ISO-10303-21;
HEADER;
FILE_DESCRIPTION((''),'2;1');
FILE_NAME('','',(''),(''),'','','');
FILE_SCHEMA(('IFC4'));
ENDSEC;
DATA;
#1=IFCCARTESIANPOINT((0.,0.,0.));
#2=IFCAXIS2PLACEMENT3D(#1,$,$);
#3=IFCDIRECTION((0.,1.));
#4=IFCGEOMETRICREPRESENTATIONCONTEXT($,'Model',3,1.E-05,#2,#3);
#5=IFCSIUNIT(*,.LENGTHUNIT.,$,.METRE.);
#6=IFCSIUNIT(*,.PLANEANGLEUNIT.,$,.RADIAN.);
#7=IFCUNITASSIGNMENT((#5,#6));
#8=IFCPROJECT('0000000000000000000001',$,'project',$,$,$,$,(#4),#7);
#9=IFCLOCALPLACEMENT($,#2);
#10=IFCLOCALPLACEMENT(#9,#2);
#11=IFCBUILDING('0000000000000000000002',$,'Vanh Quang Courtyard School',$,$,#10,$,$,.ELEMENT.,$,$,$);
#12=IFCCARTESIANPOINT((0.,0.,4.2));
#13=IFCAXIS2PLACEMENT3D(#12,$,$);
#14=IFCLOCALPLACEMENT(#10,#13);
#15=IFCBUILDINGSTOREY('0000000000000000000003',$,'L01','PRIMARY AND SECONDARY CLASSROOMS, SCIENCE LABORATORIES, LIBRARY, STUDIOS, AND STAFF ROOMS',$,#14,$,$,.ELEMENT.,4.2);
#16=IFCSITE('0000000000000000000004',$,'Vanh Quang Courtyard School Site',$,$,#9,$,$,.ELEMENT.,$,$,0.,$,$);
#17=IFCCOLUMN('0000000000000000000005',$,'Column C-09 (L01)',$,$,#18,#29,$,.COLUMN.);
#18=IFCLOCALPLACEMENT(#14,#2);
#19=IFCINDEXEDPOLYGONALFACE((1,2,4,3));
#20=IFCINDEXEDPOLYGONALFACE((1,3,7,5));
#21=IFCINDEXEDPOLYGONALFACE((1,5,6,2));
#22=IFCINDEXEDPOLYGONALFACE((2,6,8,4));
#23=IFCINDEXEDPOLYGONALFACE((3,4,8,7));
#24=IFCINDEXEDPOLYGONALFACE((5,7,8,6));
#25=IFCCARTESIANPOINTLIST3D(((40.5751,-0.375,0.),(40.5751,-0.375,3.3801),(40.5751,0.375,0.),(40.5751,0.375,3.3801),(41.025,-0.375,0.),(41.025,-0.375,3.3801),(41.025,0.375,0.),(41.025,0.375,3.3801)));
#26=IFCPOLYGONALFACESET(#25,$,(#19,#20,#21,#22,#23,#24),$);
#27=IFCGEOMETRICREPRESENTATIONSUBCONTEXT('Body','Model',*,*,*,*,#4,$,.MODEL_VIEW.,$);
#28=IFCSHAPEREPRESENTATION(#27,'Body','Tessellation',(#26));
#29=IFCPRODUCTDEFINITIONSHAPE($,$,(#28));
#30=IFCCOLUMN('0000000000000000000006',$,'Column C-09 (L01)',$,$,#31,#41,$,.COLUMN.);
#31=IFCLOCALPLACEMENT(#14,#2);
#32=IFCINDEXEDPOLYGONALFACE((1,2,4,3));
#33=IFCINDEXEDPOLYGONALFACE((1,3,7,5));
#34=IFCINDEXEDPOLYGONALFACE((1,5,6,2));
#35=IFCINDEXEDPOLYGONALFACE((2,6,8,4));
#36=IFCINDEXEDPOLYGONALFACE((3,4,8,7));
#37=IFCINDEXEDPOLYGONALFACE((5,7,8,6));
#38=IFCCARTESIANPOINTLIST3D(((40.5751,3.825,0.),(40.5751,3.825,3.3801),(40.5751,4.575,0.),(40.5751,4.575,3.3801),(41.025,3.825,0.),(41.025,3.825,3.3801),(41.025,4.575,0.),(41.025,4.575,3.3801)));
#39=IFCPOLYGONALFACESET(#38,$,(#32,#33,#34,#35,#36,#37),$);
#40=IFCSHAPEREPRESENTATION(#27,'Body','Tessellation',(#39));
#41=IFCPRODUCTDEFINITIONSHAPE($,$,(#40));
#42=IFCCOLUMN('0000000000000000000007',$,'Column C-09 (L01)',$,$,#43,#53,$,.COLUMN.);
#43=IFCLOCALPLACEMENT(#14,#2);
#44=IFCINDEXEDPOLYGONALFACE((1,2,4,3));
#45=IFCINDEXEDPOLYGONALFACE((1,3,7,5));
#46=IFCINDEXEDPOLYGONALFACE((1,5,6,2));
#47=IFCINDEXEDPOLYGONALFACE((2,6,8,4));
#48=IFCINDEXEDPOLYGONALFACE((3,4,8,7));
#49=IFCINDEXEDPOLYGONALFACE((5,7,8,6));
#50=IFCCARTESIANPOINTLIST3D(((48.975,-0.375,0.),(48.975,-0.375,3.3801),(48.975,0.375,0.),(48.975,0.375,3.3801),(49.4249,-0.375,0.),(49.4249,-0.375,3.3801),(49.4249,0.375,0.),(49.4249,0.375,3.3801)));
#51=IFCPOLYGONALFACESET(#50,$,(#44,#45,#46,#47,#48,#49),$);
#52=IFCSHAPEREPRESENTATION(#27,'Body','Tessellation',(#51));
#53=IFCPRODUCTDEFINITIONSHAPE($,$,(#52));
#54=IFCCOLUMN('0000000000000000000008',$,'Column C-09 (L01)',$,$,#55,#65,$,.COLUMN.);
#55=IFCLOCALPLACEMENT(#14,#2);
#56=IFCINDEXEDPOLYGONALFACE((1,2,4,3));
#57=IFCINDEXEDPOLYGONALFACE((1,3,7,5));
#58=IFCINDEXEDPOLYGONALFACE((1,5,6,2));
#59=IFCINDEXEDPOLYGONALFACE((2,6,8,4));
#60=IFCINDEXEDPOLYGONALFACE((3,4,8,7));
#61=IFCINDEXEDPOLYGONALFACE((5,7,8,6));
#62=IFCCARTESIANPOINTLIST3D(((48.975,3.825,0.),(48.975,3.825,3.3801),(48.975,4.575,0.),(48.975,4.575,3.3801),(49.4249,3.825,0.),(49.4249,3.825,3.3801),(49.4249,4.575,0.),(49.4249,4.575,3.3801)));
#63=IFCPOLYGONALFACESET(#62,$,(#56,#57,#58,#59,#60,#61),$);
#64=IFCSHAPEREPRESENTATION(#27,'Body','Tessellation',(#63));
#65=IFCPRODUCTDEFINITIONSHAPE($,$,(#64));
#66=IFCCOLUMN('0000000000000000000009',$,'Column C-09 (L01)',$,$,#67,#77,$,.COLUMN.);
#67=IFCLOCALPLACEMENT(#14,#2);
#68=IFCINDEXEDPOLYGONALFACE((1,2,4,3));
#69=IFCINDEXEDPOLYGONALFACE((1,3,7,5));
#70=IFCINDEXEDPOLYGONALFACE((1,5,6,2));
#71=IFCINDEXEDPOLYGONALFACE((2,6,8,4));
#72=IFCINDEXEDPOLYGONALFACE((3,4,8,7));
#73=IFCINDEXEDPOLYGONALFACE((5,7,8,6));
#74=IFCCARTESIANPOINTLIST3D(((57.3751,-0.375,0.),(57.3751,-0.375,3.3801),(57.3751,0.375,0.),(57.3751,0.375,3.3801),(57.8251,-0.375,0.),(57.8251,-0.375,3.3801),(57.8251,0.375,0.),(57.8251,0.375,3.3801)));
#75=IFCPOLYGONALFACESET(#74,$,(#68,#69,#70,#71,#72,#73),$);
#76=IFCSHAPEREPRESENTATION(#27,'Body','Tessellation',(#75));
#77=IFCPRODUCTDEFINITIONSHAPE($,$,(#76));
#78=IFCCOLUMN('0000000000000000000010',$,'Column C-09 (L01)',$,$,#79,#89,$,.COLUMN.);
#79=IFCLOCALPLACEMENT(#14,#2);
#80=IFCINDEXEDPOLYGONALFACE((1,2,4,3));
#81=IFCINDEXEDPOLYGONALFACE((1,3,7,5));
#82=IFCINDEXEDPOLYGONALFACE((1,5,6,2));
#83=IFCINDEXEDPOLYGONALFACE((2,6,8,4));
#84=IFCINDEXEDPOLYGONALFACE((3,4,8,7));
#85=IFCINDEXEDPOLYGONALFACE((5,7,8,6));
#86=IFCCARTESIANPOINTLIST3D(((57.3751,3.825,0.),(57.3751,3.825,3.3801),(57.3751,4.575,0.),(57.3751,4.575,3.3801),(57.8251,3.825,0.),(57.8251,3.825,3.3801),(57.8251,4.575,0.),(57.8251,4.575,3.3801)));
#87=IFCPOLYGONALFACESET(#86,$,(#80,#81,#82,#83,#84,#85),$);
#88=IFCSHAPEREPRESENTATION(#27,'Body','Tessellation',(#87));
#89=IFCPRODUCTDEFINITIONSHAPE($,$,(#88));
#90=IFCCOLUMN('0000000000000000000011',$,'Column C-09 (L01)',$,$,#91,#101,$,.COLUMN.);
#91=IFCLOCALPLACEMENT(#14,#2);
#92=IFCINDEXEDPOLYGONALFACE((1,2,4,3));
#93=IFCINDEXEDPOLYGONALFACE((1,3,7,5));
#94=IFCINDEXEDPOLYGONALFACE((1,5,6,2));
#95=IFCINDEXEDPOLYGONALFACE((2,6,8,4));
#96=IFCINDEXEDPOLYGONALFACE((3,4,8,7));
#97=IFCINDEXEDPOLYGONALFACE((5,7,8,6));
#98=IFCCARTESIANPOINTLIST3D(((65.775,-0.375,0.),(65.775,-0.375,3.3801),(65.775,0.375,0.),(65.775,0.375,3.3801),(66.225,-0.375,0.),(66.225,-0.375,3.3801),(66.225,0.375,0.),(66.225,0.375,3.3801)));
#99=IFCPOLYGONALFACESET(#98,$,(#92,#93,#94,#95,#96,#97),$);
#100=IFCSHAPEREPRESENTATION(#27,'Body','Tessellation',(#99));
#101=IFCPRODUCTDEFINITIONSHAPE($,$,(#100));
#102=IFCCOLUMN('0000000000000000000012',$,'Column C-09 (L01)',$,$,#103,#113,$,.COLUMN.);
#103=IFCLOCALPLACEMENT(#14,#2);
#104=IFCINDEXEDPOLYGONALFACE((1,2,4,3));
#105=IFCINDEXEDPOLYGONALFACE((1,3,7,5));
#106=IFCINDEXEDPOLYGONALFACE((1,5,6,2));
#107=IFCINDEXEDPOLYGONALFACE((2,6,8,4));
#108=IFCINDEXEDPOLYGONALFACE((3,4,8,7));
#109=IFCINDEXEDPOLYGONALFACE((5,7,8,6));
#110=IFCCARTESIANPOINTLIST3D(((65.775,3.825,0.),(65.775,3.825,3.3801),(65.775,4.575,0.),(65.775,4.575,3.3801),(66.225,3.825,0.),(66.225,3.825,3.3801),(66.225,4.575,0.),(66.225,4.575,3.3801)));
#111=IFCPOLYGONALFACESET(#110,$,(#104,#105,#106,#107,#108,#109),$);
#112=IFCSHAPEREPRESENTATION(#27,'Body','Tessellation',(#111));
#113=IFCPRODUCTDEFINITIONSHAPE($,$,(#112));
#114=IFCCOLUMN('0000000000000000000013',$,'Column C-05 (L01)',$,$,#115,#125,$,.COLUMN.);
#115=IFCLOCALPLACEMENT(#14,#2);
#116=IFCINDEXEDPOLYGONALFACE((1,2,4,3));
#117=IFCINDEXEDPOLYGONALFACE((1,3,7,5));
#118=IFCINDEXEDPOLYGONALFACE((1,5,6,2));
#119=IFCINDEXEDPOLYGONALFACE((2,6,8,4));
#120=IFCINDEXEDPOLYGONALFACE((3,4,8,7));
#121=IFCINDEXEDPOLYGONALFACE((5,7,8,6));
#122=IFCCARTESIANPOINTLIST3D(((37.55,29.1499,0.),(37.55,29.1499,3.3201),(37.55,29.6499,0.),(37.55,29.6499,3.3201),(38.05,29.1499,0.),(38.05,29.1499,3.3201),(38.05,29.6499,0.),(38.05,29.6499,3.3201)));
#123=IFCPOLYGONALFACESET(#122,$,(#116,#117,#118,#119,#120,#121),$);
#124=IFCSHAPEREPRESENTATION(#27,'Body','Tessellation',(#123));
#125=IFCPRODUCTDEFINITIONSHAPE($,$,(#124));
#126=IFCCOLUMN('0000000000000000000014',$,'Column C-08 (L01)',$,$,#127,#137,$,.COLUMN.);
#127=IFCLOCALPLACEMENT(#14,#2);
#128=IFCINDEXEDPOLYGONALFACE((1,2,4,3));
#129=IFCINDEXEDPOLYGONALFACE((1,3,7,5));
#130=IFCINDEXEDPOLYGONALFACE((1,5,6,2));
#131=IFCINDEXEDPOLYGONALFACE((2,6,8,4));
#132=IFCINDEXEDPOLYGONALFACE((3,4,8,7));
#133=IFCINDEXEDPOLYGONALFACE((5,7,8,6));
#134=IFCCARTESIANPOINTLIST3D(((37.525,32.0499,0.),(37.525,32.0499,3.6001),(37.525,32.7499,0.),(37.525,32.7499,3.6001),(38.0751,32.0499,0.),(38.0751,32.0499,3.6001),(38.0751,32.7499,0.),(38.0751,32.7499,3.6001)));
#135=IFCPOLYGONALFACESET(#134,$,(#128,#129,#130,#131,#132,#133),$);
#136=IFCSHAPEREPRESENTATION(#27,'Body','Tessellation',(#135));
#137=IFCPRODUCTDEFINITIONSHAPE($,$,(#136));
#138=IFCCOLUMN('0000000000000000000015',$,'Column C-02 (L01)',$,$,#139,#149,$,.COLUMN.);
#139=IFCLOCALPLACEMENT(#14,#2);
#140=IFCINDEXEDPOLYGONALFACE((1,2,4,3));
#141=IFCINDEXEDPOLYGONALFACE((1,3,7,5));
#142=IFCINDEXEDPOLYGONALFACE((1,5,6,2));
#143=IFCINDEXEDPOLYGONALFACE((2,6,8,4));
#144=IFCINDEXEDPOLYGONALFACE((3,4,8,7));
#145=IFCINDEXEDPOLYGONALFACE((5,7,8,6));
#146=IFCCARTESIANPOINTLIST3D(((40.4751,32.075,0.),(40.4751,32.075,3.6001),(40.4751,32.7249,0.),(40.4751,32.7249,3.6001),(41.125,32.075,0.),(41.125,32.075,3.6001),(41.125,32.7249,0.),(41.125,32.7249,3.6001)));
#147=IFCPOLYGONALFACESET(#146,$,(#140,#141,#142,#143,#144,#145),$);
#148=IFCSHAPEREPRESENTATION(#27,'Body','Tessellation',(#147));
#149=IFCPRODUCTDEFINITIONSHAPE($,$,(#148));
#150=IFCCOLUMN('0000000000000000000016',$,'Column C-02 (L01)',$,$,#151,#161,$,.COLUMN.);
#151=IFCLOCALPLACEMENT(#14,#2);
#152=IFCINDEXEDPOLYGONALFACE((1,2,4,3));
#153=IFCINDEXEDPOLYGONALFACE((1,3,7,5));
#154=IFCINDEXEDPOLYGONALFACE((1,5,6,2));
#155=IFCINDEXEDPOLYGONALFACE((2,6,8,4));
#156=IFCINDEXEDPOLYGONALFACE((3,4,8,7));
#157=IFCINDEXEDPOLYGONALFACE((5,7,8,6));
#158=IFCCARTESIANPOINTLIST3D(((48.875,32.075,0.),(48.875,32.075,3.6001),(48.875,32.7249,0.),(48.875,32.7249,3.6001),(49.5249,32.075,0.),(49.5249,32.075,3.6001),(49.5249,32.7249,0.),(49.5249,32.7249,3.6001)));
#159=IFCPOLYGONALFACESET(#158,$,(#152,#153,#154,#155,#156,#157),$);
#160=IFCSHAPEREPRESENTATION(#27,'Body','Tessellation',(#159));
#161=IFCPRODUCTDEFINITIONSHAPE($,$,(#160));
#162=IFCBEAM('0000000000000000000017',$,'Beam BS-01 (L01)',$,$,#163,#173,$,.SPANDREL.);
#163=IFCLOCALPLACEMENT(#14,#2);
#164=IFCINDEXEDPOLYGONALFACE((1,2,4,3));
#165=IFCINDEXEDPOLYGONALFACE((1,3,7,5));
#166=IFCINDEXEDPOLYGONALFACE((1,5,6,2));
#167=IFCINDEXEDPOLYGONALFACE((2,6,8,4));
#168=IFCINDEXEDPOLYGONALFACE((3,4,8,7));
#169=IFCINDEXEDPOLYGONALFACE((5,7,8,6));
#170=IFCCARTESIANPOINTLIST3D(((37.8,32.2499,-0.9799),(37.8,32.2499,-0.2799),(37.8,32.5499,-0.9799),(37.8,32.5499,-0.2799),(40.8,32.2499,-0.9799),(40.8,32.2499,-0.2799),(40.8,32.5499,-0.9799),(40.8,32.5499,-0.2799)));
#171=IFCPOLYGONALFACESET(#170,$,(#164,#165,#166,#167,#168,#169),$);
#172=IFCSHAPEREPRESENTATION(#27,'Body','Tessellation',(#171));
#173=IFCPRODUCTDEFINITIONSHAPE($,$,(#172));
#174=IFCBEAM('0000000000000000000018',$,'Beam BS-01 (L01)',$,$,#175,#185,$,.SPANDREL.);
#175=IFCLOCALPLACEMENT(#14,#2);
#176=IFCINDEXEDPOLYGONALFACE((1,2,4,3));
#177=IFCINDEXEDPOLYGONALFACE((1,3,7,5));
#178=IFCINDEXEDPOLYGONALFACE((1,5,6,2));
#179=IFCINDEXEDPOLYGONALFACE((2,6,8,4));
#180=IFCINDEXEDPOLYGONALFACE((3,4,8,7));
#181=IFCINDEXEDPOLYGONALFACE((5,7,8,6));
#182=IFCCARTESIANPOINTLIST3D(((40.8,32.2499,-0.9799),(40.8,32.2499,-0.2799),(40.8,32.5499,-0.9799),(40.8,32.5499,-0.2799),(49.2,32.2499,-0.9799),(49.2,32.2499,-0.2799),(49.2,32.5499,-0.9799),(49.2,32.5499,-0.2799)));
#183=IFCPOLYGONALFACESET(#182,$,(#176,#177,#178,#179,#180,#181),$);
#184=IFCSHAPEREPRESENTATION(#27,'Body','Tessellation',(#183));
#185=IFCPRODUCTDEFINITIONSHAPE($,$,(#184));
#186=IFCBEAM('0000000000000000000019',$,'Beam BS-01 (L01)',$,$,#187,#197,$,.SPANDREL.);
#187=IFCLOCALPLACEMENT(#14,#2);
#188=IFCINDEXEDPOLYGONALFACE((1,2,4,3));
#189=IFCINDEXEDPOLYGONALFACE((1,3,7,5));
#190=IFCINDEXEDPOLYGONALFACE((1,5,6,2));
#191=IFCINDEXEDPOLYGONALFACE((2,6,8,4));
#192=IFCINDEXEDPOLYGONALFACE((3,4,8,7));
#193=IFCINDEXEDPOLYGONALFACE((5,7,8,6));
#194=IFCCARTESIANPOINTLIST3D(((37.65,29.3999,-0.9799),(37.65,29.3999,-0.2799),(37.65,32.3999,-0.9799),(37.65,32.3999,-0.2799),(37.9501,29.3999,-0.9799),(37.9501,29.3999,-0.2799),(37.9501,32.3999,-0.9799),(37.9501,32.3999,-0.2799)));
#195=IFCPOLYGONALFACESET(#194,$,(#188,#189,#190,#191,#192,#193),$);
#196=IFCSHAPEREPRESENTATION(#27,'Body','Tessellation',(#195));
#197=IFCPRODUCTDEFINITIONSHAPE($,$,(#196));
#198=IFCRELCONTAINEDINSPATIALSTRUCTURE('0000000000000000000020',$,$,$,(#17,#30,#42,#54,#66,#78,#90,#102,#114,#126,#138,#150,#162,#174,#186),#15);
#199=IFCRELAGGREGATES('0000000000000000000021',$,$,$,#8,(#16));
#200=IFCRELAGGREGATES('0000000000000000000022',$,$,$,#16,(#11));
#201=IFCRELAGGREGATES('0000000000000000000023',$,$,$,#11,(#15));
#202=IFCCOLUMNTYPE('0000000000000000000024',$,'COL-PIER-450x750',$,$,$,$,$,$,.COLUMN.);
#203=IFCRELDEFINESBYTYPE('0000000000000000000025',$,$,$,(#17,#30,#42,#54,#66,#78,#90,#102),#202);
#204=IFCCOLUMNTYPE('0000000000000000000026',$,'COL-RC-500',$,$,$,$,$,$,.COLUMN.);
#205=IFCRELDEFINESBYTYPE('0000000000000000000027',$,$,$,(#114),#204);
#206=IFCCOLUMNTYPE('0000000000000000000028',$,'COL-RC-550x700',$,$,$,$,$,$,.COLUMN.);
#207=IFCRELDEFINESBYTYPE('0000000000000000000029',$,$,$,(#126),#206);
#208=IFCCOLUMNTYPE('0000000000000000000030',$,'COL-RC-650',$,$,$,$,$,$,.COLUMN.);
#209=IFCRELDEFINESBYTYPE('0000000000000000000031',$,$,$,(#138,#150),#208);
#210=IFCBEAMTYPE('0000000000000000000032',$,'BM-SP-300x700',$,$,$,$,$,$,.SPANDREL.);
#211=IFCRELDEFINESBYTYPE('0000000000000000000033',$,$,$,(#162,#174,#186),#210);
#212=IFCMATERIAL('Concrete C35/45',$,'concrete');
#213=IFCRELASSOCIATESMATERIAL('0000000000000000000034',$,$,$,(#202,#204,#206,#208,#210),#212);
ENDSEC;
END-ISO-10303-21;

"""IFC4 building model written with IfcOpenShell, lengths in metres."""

from ifc_helpers import new_model, si_unit, direction, frame, origin, origin_2d, place, context, subcontext, project, spatial, rectangle, extrude, material, material_profile, profile_set, type_object, element, save


model = new_model("IFC4")

# Units and contexts
model_context = context("Model", 3, precision=1e-05, world=origin(), true_north=direction((0.0, 1.0)))
body_context = subcontext(model_context, "Body", "Model", "MODEL_VIEW")
ifc_project = project(units=[si_unit("LENGTHUNIT", "METRE"), si_unit("PLANEANGLEUNIT", "RADIAN")], contexts=[model_context])

# Site, building, storey
site_placement = place(None, origin())
site = spatial("IfcSite", under=ifc_project, at=site_placement, Name="Vanh Quang Courtyard School Site", CompositionType="ELEMENT", RefElevation=0.0)
building_placement = place(site_placement, origin())
building = spatial("IfcBuilding", under=site, at=building_placement, Name="Vanh Quang Courtyard School", CompositionType="ELEMENT")
storey_placement = place(building_placement, frame((0.0, 0.0, 4.2)))
storey = spatial("IfcBuildingStorey", under=building, at=storey_placement, Name="L01", Description="PRIMARY AND SECONDARY CLASSROOMS, SCIENCE LABORATORIES, LIBRARY, STUDIOS, AND STAFF ROOMS", CompositionType="ELEMENT", Elevation=4.2)

# Columns
ifc_material_1 = material(Name="Concrete C35/45", Category="concrete")
ifc_material_profile_1 = material_profile(ifc_material_1, rectangle(XDim=0.45, YDim=0.75, at=origin_2d()), Name="RC-PIER 450x750")
ifc_profile_set_1 = profile_set([ifc_material_profile_1], Name="Concrete C35/45")
column_type_1 = type_object("IfcColumnType", Name="COL-PIER-450x750", PredefinedType="COLUMN", material=ifc_profile_set_1)
for number, where, z_axis, x_axis, name in (
    (1, (40.8, 0.0, 0.0), (0.0, 0.0, 1.0), (1.0, 0.0, 0.0), "Column C-09 (L01)"),
    (2, (40.8, 4.2, 0.0), (0.0, 0.0, 1.0), (1.0, 0.0, 0.0), "Column C-09 (L01)"),
    (3, (49.2, 0.0, 0.0), (0.0, 0.0, 1.0), (1.0, 0.0, 0.0), "Column C-09 (L01)"),
    (4, (49.2, 4.2, 0.0), (0.0, 0.0, 1.0), (1.0, 0.0, 0.0), "Column C-09 (L01)"),
    (5, (57.6001, 0.0, 0.0), (0.0, 0.0, 1.0), (1.0, 0.0, 0.0), "Column C-09 (L01)"),
    (6, (57.6001, 4.2, 0.0), (0.0, 0.0, 1.0), (1.0, 0.0, 0.0), "Column C-09 (L01)"),
    (7, (66.0, 0.0, 0.0), (0.0, 0.0, 1.0), (1.0, 0.0, 0.0), "Column C-09 (L01)"),
    (8, (66.0, 4.2, 0.0), (0.0, 0.0, 1.0), (1.0, 0.0, 0.0), "Column C-09 (L01)"),
):
    element("IfcColumn", number, at=place(storey_placement, frame(where, z_axis=z_axis, x_axis=x_axis)), inside=storey, type_object=column_type_1, Name=name, PredefinedType="COLUMN", context=body_context, shape_type="SweptSolid", body=[
        extrude(rectangle(XDim=0.45, YDim=0.75, at=origin_2d()), origin(), (0.0, 0.0, 1.0), 3.3801),
    ])
ifc_material_profile_2 = material_profile(ifc_material_1, rectangle(XDim=0.5, YDim=0.5, at=origin_2d()), Name="RC-COL 500x500")
ifc_profile_set_2 = profile_set([ifc_material_profile_2], Name="Concrete C35/45")
column_type_2 = type_object("IfcColumnType", Name="COL-RC-500", PredefinedType="COLUMN", material=ifc_profile_set_2)
column_1_placement = place(storey_placement, frame((37.8, 29.3999, 0.0), z_axis=(0.0, 0.0, 1.0), x_axis=(1.0, 0.0, 0.0)))
element("IfcColumn", 9, at=column_1_placement, inside=storey, type_object=column_type_2, Name="Column C-05 (L01)", PredefinedType="COLUMN", context=body_context, shape_type="SweptSolid", body=[
    extrude(rectangle(XDim=0.5, YDim=0.5, at=origin_2d()), origin(), (0.0, 0.0, 1.0), 3.3201),
])
ifc_material_profile_3 = material_profile(ifc_material_1, rectangle(XDim=0.55, YDim=0.7, at=origin_2d()), Name="RC-COL 550x700")
ifc_profile_set_3 = profile_set([ifc_material_profile_3], Name="Concrete C35/45")
column_type_3 = type_object("IfcColumnType", Name="COL-RC-550x700", PredefinedType="COLUMN", material=ifc_profile_set_3)
column_2_placement = place(storey_placement, frame((37.8, 32.3999, 0.0), z_axis=(0.0, 0.0, 1.0), x_axis=(1.0, 0.0, 0.0)))
element("IfcColumn", 10, at=column_2_placement, inside=storey, type_object=column_type_3, Name="Column C-08 (L01)", PredefinedType="COLUMN", context=body_context, shape_type="SweptSolid", body=[
    extrude(rectangle(XDim=0.55, YDim=0.7, at=origin_2d()), origin(), (0.0, 0.0, 1.0), 3.6001),
])
ifc_material_profile_4 = material_profile(ifc_material_1, rectangle(XDim=0.6499, YDim=0.6499, at=origin_2d()), Name="RC-COL 650x650")
ifc_profile_set_4 = profile_set([ifc_material_profile_4], Name="Concrete C35/45")
column_type_4 = type_object("IfcColumnType", Name="COL-RC-650", PredefinedType="COLUMN", material=ifc_profile_set_4)
for number, where, z_axis, x_axis, name in (
    (11, (40.8, 32.3999, 0.0), (0.0, 0.0, 1.0), (1.0, 0.0, 0.0), "Column C-02 (L01)"),
    (12, (49.2, 32.3999, 0.0), (0.0, 0.0, 1.0), (1.0, 0.0, 0.0), "Column C-02 (L01)"),
):
    element("IfcColumn", number, at=place(storey_placement, frame(where, z_axis=z_axis, x_axis=x_axis)), inside=storey, type_object=column_type_4, Name=name, PredefinedType="COLUMN", context=body_context, shape_type="SweptSolid", body=[
        extrude(rectangle(XDim=0.6499, YDim=0.6499, at=origin_2d()), origin(), (0.0, 0.0, 1.0), 3.6001),
    ])

# Beams
ifc_material_profile_5 = material_profile(ifc_material_1, rectangle(XDim=0.3, YDim=0.7, at=origin_2d()), Name="RC-SP 300x700")
ifc_profile_set_5 = profile_set([ifc_material_profile_5], Name="Concrete C35/45")
beam_type_1 = type_object("IfcBeamType", Name="BM-SP-300x700", PredefinedType="SPANDREL", material=ifc_profile_set_5)
beam_1_placement = place(storey_placement, frame((37.8, 32.3999, -0.6299), z_axis=(1.0, 0.0, 0.0), x_axis=(0.0, 1.0, 0.0)))
element("IfcBeam", 13, at=beam_1_placement, inside=storey, type_object=beam_type_1, Name="Beam BS-01 (L01)", PredefinedType="SPANDREL", context=body_context, shape_type="SweptSolid", body=[
    extrude(rectangle(XDim=0.3, YDim=0.7, at=origin_2d()), origin(), (0.0, 0.0, 1.0), 3.0),
])
beam_2_placement = place(storey_placement, frame((40.8, 32.3999, -0.6299), z_axis=(1.0, 0.0, 0.0), x_axis=(0.0, 1.0, 0.0)))
element("IfcBeam", 14, at=beam_2_placement, inside=storey, type_object=beam_type_1, Name="Beam BS-01 (L01)", PredefinedType="SPANDREL", context=body_context, shape_type="SweptSolid", body=[
    extrude(rectangle(XDim=0.3, YDim=0.7, at=origin_2d()), origin(), (0.0, 0.0, 1.0), 8.3999),
])
beam_3_placement = place(storey_placement, frame((37.8, 29.3999, -0.6299), z_axis=(0.0, 1.0, 0.0), x_axis=(-1.0, 0.0, 0.0)))
element("IfcBeam", 15, at=beam_3_placement, inside=storey, type_object=beam_type_1, Name="Beam BS-01 (L01)", PredefinedType="SPANDREL", context=body_context, shape_type="SweptSolid", body=[
    extrude(rectangle(XDim=0.3, YDim=0.7, at=origin_2d()), origin(), (0.0, 0.0, 1.0), 3.0),
])

save(model, "model.ifc")
